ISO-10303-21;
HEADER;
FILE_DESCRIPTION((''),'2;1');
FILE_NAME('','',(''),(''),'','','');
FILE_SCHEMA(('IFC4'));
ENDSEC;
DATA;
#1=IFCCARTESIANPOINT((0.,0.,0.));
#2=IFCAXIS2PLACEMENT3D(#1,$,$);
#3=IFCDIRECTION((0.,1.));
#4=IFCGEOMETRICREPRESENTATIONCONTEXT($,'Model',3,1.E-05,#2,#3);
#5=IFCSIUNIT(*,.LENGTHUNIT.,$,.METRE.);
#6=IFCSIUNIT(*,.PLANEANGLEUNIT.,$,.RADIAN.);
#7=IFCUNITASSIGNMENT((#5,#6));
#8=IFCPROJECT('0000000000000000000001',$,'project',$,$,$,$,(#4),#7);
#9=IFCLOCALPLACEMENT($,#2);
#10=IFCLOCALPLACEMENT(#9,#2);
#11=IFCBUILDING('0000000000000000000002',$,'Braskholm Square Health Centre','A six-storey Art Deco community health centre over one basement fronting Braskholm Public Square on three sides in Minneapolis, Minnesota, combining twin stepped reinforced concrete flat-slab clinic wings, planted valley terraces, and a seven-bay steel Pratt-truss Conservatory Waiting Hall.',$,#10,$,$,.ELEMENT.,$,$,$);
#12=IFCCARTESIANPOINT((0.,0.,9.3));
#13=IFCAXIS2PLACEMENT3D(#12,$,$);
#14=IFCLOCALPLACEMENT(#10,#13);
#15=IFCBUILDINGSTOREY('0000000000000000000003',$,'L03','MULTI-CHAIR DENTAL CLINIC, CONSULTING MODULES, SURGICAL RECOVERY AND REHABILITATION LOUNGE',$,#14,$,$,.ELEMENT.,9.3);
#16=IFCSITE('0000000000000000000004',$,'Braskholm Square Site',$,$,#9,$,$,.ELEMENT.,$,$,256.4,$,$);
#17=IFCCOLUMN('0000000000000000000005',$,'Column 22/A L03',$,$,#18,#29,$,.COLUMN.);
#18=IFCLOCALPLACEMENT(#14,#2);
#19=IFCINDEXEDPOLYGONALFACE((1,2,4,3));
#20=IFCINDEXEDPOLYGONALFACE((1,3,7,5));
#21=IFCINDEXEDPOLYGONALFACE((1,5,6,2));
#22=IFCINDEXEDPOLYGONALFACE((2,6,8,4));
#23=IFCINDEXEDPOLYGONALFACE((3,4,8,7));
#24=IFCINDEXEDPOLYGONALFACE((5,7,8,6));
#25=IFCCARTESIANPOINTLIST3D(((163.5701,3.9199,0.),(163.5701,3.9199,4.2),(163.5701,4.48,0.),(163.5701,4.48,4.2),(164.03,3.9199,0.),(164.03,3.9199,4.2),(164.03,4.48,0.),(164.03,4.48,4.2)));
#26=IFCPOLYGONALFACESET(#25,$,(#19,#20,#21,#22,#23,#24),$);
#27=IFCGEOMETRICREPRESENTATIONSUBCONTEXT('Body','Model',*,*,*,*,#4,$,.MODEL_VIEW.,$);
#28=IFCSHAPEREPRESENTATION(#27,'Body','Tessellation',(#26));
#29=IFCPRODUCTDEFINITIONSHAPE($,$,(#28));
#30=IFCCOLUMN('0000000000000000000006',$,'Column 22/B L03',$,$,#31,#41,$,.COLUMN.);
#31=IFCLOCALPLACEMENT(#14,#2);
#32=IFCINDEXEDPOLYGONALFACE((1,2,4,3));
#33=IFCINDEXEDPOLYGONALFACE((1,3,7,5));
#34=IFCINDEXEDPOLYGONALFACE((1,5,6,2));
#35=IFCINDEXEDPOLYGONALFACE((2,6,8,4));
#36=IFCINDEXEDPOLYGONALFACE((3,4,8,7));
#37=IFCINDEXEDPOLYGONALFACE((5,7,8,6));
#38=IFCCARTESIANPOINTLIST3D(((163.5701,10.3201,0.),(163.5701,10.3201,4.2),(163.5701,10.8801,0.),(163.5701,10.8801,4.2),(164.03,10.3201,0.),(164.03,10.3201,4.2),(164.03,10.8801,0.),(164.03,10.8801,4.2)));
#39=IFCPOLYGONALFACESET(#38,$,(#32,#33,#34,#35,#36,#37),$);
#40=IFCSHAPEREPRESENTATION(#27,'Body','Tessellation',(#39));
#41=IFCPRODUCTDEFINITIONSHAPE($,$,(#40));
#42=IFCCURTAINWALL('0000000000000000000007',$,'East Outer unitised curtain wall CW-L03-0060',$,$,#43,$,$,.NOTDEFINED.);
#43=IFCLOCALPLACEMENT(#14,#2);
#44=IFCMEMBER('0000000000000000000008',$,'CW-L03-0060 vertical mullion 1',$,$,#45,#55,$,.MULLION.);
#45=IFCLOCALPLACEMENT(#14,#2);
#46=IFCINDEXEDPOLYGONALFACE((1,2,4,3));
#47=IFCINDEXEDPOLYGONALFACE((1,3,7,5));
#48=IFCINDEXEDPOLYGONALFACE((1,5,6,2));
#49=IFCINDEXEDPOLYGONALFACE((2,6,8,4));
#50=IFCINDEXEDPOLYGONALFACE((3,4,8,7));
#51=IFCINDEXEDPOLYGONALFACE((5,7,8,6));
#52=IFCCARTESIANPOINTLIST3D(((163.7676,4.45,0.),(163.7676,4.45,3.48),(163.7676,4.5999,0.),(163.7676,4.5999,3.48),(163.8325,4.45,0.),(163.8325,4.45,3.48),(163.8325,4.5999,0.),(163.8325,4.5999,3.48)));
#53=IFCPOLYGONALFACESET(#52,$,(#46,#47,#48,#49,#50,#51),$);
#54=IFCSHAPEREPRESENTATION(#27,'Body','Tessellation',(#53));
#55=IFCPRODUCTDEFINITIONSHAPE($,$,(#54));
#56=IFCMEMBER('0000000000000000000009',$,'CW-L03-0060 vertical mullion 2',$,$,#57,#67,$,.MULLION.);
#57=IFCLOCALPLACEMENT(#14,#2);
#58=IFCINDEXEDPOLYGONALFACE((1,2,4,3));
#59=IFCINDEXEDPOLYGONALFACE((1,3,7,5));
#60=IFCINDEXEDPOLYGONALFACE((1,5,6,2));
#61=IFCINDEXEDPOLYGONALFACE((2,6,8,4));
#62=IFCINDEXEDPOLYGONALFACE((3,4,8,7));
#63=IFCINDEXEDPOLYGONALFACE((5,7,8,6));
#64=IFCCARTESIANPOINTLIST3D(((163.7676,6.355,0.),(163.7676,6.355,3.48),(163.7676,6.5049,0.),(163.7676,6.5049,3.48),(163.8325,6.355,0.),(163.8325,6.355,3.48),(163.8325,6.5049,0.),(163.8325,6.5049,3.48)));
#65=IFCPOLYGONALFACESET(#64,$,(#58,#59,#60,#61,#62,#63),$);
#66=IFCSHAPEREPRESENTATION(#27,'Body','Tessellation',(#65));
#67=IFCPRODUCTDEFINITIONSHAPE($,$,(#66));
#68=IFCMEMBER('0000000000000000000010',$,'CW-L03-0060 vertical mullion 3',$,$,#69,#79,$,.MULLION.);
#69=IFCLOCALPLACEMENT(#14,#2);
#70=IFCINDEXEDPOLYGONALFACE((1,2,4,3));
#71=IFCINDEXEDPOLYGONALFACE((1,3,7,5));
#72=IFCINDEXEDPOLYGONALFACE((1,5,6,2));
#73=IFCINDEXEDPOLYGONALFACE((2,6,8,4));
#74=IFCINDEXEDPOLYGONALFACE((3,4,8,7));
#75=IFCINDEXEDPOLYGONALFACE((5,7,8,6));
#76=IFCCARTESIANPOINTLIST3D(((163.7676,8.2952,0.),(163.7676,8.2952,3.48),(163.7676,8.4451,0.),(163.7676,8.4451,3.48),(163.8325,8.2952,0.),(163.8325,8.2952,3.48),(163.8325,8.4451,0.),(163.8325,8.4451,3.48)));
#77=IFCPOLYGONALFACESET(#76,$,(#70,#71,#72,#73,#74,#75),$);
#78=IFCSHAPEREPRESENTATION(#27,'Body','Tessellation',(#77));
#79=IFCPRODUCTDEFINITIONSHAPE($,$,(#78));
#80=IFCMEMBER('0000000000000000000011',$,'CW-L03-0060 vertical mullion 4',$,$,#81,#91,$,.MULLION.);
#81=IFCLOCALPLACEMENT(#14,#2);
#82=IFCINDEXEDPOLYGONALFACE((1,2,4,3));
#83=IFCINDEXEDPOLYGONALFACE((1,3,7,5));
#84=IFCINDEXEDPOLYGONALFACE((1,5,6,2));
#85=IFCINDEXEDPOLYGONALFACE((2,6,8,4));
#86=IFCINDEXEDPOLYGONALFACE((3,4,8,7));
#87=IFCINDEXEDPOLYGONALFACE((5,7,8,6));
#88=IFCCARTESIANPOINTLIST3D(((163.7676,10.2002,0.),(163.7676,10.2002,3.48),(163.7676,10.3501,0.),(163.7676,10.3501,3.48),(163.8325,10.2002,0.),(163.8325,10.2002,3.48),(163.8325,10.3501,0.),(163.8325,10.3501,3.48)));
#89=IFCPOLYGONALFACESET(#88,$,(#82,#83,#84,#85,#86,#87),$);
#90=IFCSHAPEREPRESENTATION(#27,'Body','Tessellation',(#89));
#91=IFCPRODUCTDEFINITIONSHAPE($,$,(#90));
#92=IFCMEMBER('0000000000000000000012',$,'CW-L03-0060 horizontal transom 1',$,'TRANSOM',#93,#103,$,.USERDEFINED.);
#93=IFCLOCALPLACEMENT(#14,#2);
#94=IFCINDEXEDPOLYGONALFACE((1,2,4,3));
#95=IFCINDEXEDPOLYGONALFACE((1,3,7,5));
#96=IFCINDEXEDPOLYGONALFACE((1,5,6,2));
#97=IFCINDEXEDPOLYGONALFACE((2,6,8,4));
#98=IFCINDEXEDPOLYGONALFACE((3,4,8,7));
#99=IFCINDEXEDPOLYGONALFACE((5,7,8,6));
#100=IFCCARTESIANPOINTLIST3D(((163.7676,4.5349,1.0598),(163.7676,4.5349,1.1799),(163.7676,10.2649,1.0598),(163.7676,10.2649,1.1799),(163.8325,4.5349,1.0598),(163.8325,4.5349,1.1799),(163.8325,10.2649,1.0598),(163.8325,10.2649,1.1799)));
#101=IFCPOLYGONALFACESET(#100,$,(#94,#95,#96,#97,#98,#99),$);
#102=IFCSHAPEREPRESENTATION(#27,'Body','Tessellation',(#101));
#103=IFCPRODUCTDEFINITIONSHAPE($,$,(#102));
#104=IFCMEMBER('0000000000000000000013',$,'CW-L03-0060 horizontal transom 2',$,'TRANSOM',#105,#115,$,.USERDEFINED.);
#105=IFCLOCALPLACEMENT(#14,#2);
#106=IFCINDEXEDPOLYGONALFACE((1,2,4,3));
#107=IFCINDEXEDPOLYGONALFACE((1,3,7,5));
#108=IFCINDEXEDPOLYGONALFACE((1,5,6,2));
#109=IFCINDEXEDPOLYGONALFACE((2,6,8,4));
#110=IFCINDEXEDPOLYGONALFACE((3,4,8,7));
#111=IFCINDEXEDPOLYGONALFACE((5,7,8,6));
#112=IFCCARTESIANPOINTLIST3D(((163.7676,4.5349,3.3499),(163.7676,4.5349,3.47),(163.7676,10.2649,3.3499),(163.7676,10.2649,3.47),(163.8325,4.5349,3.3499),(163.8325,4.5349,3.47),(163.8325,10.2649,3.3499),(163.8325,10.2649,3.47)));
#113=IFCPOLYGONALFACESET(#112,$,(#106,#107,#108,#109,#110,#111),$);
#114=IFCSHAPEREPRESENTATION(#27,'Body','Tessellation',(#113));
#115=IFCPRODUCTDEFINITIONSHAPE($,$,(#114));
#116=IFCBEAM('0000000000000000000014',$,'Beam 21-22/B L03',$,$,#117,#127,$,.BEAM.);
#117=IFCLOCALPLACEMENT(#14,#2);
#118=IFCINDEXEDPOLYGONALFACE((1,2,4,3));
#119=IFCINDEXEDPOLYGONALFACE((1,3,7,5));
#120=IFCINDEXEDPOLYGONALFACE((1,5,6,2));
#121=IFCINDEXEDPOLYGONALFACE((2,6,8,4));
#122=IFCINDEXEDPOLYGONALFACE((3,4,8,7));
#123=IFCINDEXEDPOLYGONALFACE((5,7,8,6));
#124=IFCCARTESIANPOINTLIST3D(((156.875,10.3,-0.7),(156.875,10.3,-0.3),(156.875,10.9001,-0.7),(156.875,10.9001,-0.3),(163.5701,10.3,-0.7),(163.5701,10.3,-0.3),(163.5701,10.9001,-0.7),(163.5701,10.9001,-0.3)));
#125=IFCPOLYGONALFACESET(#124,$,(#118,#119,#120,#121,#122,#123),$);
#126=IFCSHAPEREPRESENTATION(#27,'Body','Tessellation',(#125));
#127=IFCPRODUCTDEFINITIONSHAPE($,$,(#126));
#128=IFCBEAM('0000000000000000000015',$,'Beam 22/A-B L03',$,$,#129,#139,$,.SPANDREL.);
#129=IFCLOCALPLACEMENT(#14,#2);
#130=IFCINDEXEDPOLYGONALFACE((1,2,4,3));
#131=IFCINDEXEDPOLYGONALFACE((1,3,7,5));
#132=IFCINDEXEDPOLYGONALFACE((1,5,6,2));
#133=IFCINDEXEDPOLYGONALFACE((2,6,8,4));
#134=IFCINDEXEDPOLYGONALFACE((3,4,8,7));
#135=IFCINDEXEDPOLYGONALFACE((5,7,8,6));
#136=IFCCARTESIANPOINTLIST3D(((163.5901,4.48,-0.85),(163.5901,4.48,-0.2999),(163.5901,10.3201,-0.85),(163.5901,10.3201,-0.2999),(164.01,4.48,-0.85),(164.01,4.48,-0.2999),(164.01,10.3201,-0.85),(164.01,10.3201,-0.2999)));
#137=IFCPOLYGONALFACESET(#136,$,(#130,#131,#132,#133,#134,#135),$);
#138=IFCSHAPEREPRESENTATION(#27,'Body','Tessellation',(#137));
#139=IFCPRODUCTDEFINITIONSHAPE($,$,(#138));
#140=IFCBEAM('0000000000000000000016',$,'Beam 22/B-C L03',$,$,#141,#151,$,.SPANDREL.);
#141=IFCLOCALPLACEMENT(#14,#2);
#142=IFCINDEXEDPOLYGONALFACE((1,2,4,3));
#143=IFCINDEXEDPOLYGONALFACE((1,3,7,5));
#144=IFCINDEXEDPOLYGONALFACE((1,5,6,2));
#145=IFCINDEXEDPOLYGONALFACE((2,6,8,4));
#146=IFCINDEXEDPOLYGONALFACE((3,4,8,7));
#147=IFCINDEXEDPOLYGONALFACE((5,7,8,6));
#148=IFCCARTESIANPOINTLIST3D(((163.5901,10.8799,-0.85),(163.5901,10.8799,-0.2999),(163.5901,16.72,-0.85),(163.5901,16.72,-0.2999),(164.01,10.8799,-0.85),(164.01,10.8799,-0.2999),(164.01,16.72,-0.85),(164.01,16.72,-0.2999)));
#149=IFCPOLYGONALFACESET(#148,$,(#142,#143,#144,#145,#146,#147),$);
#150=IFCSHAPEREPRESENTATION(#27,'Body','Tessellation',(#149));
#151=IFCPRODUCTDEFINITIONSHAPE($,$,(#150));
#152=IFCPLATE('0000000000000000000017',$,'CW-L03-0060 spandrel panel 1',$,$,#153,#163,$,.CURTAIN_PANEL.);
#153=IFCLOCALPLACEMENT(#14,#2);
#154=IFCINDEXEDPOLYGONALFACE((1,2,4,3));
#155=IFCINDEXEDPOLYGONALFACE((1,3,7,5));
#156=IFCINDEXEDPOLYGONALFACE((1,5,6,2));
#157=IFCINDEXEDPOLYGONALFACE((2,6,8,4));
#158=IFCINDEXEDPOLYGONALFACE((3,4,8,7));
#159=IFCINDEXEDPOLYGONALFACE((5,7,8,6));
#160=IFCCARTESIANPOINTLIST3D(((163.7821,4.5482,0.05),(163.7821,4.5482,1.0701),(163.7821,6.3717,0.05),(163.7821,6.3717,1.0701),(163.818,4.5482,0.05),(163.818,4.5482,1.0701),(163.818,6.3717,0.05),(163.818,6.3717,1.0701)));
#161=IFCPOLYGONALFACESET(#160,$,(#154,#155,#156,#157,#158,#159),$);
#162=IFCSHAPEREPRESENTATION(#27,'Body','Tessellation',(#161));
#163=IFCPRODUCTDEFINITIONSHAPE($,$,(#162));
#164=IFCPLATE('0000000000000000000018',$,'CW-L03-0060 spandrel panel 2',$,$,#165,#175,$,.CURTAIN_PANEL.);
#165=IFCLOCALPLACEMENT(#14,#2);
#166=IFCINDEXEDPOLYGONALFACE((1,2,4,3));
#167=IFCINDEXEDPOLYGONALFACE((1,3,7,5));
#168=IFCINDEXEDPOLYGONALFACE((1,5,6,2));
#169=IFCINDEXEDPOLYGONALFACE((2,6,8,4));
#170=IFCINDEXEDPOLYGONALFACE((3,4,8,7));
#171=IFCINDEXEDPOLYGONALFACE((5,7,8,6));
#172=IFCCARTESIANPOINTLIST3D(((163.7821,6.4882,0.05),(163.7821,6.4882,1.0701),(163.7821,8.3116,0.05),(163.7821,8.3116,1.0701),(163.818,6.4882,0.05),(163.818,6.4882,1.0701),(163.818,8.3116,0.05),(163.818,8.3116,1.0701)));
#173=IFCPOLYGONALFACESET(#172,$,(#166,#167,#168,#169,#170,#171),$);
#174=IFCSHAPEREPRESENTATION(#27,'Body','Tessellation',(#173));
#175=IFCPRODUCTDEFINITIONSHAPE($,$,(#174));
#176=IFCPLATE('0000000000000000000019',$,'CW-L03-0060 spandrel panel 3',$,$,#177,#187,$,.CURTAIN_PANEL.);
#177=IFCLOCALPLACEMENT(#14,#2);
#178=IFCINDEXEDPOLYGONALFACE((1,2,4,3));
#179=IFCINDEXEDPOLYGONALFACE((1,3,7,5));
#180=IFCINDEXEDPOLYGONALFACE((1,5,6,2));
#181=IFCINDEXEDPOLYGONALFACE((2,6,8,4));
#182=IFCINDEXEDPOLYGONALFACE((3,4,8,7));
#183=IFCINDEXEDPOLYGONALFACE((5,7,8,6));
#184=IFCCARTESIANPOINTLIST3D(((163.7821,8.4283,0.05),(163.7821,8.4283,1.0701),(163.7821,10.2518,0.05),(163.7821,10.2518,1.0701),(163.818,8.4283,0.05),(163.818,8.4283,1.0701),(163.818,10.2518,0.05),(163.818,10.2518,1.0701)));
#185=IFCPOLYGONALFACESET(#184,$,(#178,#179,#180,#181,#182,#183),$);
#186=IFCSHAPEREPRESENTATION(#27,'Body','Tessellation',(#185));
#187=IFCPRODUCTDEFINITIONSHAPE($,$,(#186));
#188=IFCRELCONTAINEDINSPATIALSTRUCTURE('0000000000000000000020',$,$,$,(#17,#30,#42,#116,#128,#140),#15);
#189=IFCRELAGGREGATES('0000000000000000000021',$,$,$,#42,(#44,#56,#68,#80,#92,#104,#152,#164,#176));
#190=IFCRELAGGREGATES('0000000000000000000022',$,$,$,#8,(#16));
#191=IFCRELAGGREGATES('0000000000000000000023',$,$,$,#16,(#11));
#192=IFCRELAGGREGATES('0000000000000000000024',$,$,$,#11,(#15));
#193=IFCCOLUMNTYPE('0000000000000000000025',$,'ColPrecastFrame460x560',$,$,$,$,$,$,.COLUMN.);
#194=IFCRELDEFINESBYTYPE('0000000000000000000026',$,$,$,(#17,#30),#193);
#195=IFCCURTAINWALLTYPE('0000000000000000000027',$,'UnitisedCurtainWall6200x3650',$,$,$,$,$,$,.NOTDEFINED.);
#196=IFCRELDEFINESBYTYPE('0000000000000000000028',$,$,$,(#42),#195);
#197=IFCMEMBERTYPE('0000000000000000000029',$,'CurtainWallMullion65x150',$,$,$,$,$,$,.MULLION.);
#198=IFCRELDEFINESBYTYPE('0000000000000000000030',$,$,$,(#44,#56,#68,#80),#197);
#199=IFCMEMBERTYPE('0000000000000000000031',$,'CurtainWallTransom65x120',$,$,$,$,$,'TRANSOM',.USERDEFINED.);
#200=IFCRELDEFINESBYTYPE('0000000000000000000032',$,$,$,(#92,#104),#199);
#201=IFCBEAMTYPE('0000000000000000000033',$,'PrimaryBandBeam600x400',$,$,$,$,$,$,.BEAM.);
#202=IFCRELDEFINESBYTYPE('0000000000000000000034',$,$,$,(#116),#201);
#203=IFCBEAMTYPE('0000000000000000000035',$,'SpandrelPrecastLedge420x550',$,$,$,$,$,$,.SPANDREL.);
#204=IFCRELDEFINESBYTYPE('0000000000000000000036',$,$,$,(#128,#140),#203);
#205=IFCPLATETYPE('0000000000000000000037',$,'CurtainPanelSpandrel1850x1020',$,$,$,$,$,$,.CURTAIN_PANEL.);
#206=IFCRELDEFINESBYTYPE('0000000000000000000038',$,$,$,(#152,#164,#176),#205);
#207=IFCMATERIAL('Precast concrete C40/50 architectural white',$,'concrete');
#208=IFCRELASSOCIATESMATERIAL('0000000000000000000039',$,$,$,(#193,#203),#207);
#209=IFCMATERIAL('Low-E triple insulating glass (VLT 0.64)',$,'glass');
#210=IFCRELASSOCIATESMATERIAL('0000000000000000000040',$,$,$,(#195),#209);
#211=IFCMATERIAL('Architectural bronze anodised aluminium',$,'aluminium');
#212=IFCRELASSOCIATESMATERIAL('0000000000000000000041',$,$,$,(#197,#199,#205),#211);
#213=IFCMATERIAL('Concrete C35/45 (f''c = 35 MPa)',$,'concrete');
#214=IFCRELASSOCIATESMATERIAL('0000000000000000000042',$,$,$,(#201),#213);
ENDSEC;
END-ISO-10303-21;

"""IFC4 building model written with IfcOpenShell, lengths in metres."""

from ifc_helpers import new_model, si_unit, direction, frame, origin, origin_2d, place, context, subcontext, project, spatial, rectangle, extrude, material, material_profile, profile_set, type_object, element, aggregate, save


model = new_model("IFC4")

# Units and contexts
model_context = context("Model", 3, precision=1e-05, world=origin(), true_north=direction((0.0, 1.0)))
body_context = subcontext(model_context, "Body", "Model", "MODEL_VIEW")
ifc_project = project(units=[si_unit("LENGTHUNIT", "METRE"), si_unit("PLANEANGLEUNIT", "RADIAN")], contexts=[model_context])

# Site, building, storey
site_placement = place(None, origin())
site = spatial("IfcSite", under=ifc_project, at=site_placement, Name="Braskholm Square Site", CompositionType="ELEMENT", RefElevation=256.4)
building_placement = place(site_placement, origin())
building = spatial("IfcBuilding", under=site, at=building_placement, Name="Braskholm Square Health Centre", Description="A six-storey Art Deco community health centre over one basement fronting Braskholm Public Square on three sides in Minneapolis, Minnesota, combining twin stepped reinforced concrete flat-slab clinic wings, planted valley terraces, and a seven-bay steel Pratt-truss Conservatory Waiting Hall.", CompositionType="ELEMENT")
storey_placement = place(building_placement, frame((0.0, 0.0, 9.3)))
storey = spatial("IfcBuildingStorey", under=building, at=storey_placement, Name="L03", Description="MULTI-CHAIR DENTAL CLINIC, CONSULTING MODULES, SURGICAL RECOVERY AND REHABILITATION LOUNGE", CompositionType="ELEMENT", Elevation=9.3)

# Columns
ifc_material_1 = material(Name="Precast concrete C40/50 architectural white", Category="concrete")
ifc_material_profile_1 = material_profile(ifc_material_1, rectangle(XDim=0.46, YDim=0.5601, at=origin_2d()), Name="RC-460X560")
ifc_profile_set_1 = profile_set([ifc_material_profile_1], Name="Precast concrete C40/50 architectural white")
column_type = type_object("IfcColumnType", Name="ColPrecastFrame460x560", PredefinedType="COLUMN", material=ifc_profile_set_1)
for number, where, z_axis, x_axis, name in (
    (1, (163.8, 4.2, 0.0), (0.0, 0.0, 1.0), (1.0, 0.0, 0.0), "Column 22/A L03"),
    (2, (163.8, 10.6001, 0.0), (0.0, 0.0, 1.0), (1.0, 0.0, 0.0), "Column 22/B L03"),
):
    element("IfcColumn", number, at=place(storey_placement, frame(where, z_axis=z_axis, x_axis=x_axis)), inside=storey, type_object=column_type, Name=name, PredefinedType="COLUMN", context=body_context, shape_type="SweptSolid", body=[
        extrude(rectangle(XDim=0.46, YDim=0.5601, at=origin_2d()), origin(), (0.0, 0.0, 1.0), 4.2),
    ])

# Curtain wall, members
ifc_material_2 = material(Name="Low-E triple insulating glass (VLT 0.64)", Category="glass")
curtain_wall_type = type_object("IfcCurtainWallType", Name="UnitisedCurtainWall6200x3650", PredefinedType="NOTDEFINED", material=ifc_material_2)
curtain_wall_placement = place(storey_placement, origin())
curtain_wall = element("IfcCurtainWall", 3, at=curtain_wall_placement, inside=storey, type_object=curtain_wall_type, Name="East Outer unitised curtain wall CW-L03-0060", PredefinedType="NOTDEFINED")
ifc_material_3 = material(Name="Architectural bronze anodised aluminium", Category="aluminium")
ifc_material_profile_2 = material_profile(ifc_material_3, rectangle(XDim=0.0649, YDim=0.1499, at=origin_2d()), Name="ALU-65X150")
ifc_profile_set_2 = profile_set([ifc_material_profile_2], Name="Architectural bronze anodised aluminium")
member_type_1 = type_object("IfcMemberType", Name="CurtainWallMullion65x150", PredefinedType="MULLION", material=ifc_profile_set_2)
member_1_placement = place(storey_placement, frame((163.8, 4.5249, 0.0), z_axis=(0.0, 0.0, 1.0), x_axis=(1.0, 0.0, 0.0)))
member_1 = element("IfcMember", 4, at=member_1_placement, type_object=member_type_1, Name="CW-L03-0060 vertical mullion 1", PredefinedType="MULLION", context=body_context, shape_type="SweptSolid", body=[
    extrude(rectangle(XDim=0.0649, YDim=0.1499, at=origin_2d()), origin(), (0.0, 0.0, 1.0), 3.48),
])
member_2_placement = place(storey_placement, frame((163.8, 6.4299, 0.0), z_axis=(0.0, 0.0, 1.0), x_axis=(1.0, 0.0, 0.0)))
member_2 = element("IfcMember", 5, at=member_2_placement, type_object=member_type_1, Name="CW-L03-0060 vertical mullion 2", PredefinedType="MULLION", context=body_context, shape_type="SweptSolid", body=[
    extrude(rectangle(XDim=0.0649, YDim=0.1499, at=origin_2d()), origin(), (0.0, 0.0, 1.0), 3.48),
])
member_3_placement = place(storey_placement, frame((163.8, 8.3701, 0.0), z_axis=(0.0, 0.0, 1.0), x_axis=(1.0, 0.0, 0.0)))
member_3 = element("IfcMember", 6, at=member_3_placement, type_object=member_type_1, Name="CW-L03-0060 vertical mullion 3", PredefinedType="MULLION", context=body_context, shape_type="SweptSolid", body=[
    extrude(rectangle(XDim=0.0649, YDim=0.1499, at=origin_2d()), origin(), (0.0, 0.0, 1.0), 3.48),
])
member_4_placement = place(storey_placement, frame((163.8, 10.2751, 0.0), z_axis=(0.0, 0.0, 1.0), x_axis=(1.0, 0.0, 0.0)))
member_4 = element("IfcMember", 7, at=member_4_placement, type_object=member_type_1, Name="CW-L03-0060 vertical mullion 4", PredefinedType="MULLION", context=body_context, shape_type="SweptSolid", body=[
    extrude(rectangle(XDim=0.0649, YDim=0.1499, at=origin_2d()), origin(), (0.0, 0.0, 1.0), 3.48),
])
ifc_material_profile_3 = material_profile(ifc_material_3, rectangle(XDim=0.0649, YDim=0.1201, at=origin_2d()), Name="ALU-65X120")
ifc_profile_set_3 = profile_set([ifc_material_profile_3], Name="Architectural bronze anodised aluminium")
member_type_2 = type_object("IfcMemberType", Name="CurtainWallTransom65x120", ElementType="TRANSOM", PredefinedType="USERDEFINED", material=ifc_profile_set_3)
member_5_placement = place(storey_placement, frame((163.8, 4.5349, 1.1199), z_axis=(0.0, 1.0, 0.0), x_axis=(-1.0, 0.0, 0.0)))
member_5 = element("IfcMember", 8, at=member_5_placement, type_object=member_type_2, Name="CW-L03-0060 horizontal transom 1", ObjectType="TRANSOM", PredefinedType="USERDEFINED", context=body_context, shape_type="SweptSolid", body=[
    extrude(rectangle(XDim=0.0649, YDim=0.1201, at=origin_2d()), origin(), (0.0, 0.0, 1.0), 5.73),
])
member_6_placement = place(storey_placement, frame((163.8, 4.5349, 3.4099), z_axis=(0.0, 1.0, 0.0), x_axis=(-1.0, 0.0, 0.0)))
member_6 = element("IfcMember", 9, at=member_6_placement, type_object=member_type_2, Name="CW-L03-0060 horizontal transom 2", ObjectType="TRANSOM", PredefinedType="USERDEFINED", context=body_context, shape_type="SweptSolid", body=[
    extrude(rectangle(XDim=0.0649, YDim=0.1201, at=origin_2d()), origin(), (0.0, 0.0, 1.0), 5.73),
])

# Beams
ifc_material_4 = material(Name="Concrete C35/45 (f'c = 35 MPa)", Category="concrete")
ifc_material_profile_4 = material_profile(ifc_material_4, rectangle(XDim=0.6001, YDim=0.3999, at=origin_2d()), Name="RCB-600X400")
ifc_profile_set_4 = profile_set([ifc_material_profile_4], Name="Concrete C35/45 (f'c = 35 MPa)")
beam_type_1 = type_object("IfcBeamType", Name="PrimaryBandBeam600x400", PredefinedType="BEAM", material=ifc_profile_set_4)
beam_placement = place(storey_placement, frame((156.875, 10.6001, -0.5), z_axis=(1.0, 0.0, 0.0), x_axis=(0.0, 1.0, 0.0)))
element("IfcBeam", 10, at=beam_placement, inside=storey, type_object=beam_type_1, Name="Beam 21-22/B L03", PredefinedType="BEAM", context=body_context, shape_type="SweptSolid", body=[
    extrude(rectangle(XDim=0.6001, YDim=0.3999, at=origin_2d()), origin(), (0.0, 0.0, 1.0), 6.6951),
])
ifc_material_profile_5 = material_profile(ifc_material_1, rectangle(XDim=0.4199, YDim=0.55, at=origin_2d()), Name="RCB-420X550")
ifc_profile_set_5 = profile_set([ifc_material_profile_5], Name="Precast concrete C40/50 architectural white")
beam_type_2 = type_object("IfcBeamType", Name="SpandrelPrecastLedge420x550", PredefinedType="SPANDREL", material=ifc_profile_set_5)
for number, where, z_axis, x_axis, name in (
    (11, (163.8, 4.48, -0.575), (0.0, 1.0, 0.0), (-1.0, 0.0, 0.0), "Beam 22/A-B L03"),
    (12, (163.8, 10.8799, -0.575), (0.0, 1.0, 0.0), (-1.0, 0.0, 0.0), "Beam 22/B-C L03"),
):
    element("IfcBeam", number, at=place(storey_placement, frame(where, z_axis=z_axis, x_axis=x_axis)), inside=storey, type_object=beam_type_2, Name=name, PredefinedType="SPANDREL", context=body_context, shape_type="SweptSolid", body=[
        extrude(rectangle(XDim=0.4199, YDim=0.55, at=origin_2d()), origin(), (0.0, 0.0, 1.0), 5.8401),
    ])

# Plates
plate_type_1 = type_object("IfcPlateType", Name="CurtainPanelSpandrel1850x1020", PredefinedType="CURTAIN_PANEL", material=ifc_material_3)
plate_1_placement = place(storey_placement, frame((163.8, 5.46, 0.05), z_axis=(0.0, 0.0, 1.0), x_axis=(0.0, 1.0, 0.0)))
plate_1 = element("IfcPlate", 13, at=plate_1_placement, type_object=plate_type_1, Name="CW-L03-0060 spandrel panel 1", PredefinedType="CURTAIN_PANEL", context=body_context, shape_type="SweptSolid", body=[
    extrude(rectangle(XDim=1.8235, YDim=0.0359, at=origin_2d()), origin(), (0.0, 0.0, 1.0), 1.02),
])
plate_2_placement = place(storey_placement, frame((163.8, 7.3999, 0.05), z_axis=(0.0, 0.0, 1.0), x_axis=(0.0, 1.0, 0.0)))
plate_2 = element("IfcPlate", 14, at=plate_2_placement, type_object=plate_type_1, Name="CW-L03-0060 spandrel panel 2", PredefinedType="CURTAIN_PANEL", context=body_context, shape_type="SweptSolid", body=[
    extrude(rectangle(XDim=1.8235, YDim=0.0359, at=origin_2d()), origin(), (0.0, 0.0, 1.0), 1.02),
])
plate_3_placement = place(storey_placement, frame((163.8, 9.3401, 0.05), z_axis=(0.0, 0.0, 1.0), x_axis=(0.0, 1.0, 0.0)))
plate_3 = element("IfcPlate", 15, at=plate_3_placement, type_object=plate_type_1, Name="CW-L03-0060 spandrel panel 3", PredefinedType="CURTAIN_PANEL", context=body_context, shape_type="SweptSolid", body=[
    extrude(rectangle(XDim=1.8235, YDim=0.0359, at=origin_2d()), origin(), (0.0, 0.0, 1.0), 1.02),
])
aggregate(curtain_wall, [member_1, member_2, member_3, member_4, member_5, member_6, plate_1, plate_2, plate_3])

save(model, "model.ifc")
